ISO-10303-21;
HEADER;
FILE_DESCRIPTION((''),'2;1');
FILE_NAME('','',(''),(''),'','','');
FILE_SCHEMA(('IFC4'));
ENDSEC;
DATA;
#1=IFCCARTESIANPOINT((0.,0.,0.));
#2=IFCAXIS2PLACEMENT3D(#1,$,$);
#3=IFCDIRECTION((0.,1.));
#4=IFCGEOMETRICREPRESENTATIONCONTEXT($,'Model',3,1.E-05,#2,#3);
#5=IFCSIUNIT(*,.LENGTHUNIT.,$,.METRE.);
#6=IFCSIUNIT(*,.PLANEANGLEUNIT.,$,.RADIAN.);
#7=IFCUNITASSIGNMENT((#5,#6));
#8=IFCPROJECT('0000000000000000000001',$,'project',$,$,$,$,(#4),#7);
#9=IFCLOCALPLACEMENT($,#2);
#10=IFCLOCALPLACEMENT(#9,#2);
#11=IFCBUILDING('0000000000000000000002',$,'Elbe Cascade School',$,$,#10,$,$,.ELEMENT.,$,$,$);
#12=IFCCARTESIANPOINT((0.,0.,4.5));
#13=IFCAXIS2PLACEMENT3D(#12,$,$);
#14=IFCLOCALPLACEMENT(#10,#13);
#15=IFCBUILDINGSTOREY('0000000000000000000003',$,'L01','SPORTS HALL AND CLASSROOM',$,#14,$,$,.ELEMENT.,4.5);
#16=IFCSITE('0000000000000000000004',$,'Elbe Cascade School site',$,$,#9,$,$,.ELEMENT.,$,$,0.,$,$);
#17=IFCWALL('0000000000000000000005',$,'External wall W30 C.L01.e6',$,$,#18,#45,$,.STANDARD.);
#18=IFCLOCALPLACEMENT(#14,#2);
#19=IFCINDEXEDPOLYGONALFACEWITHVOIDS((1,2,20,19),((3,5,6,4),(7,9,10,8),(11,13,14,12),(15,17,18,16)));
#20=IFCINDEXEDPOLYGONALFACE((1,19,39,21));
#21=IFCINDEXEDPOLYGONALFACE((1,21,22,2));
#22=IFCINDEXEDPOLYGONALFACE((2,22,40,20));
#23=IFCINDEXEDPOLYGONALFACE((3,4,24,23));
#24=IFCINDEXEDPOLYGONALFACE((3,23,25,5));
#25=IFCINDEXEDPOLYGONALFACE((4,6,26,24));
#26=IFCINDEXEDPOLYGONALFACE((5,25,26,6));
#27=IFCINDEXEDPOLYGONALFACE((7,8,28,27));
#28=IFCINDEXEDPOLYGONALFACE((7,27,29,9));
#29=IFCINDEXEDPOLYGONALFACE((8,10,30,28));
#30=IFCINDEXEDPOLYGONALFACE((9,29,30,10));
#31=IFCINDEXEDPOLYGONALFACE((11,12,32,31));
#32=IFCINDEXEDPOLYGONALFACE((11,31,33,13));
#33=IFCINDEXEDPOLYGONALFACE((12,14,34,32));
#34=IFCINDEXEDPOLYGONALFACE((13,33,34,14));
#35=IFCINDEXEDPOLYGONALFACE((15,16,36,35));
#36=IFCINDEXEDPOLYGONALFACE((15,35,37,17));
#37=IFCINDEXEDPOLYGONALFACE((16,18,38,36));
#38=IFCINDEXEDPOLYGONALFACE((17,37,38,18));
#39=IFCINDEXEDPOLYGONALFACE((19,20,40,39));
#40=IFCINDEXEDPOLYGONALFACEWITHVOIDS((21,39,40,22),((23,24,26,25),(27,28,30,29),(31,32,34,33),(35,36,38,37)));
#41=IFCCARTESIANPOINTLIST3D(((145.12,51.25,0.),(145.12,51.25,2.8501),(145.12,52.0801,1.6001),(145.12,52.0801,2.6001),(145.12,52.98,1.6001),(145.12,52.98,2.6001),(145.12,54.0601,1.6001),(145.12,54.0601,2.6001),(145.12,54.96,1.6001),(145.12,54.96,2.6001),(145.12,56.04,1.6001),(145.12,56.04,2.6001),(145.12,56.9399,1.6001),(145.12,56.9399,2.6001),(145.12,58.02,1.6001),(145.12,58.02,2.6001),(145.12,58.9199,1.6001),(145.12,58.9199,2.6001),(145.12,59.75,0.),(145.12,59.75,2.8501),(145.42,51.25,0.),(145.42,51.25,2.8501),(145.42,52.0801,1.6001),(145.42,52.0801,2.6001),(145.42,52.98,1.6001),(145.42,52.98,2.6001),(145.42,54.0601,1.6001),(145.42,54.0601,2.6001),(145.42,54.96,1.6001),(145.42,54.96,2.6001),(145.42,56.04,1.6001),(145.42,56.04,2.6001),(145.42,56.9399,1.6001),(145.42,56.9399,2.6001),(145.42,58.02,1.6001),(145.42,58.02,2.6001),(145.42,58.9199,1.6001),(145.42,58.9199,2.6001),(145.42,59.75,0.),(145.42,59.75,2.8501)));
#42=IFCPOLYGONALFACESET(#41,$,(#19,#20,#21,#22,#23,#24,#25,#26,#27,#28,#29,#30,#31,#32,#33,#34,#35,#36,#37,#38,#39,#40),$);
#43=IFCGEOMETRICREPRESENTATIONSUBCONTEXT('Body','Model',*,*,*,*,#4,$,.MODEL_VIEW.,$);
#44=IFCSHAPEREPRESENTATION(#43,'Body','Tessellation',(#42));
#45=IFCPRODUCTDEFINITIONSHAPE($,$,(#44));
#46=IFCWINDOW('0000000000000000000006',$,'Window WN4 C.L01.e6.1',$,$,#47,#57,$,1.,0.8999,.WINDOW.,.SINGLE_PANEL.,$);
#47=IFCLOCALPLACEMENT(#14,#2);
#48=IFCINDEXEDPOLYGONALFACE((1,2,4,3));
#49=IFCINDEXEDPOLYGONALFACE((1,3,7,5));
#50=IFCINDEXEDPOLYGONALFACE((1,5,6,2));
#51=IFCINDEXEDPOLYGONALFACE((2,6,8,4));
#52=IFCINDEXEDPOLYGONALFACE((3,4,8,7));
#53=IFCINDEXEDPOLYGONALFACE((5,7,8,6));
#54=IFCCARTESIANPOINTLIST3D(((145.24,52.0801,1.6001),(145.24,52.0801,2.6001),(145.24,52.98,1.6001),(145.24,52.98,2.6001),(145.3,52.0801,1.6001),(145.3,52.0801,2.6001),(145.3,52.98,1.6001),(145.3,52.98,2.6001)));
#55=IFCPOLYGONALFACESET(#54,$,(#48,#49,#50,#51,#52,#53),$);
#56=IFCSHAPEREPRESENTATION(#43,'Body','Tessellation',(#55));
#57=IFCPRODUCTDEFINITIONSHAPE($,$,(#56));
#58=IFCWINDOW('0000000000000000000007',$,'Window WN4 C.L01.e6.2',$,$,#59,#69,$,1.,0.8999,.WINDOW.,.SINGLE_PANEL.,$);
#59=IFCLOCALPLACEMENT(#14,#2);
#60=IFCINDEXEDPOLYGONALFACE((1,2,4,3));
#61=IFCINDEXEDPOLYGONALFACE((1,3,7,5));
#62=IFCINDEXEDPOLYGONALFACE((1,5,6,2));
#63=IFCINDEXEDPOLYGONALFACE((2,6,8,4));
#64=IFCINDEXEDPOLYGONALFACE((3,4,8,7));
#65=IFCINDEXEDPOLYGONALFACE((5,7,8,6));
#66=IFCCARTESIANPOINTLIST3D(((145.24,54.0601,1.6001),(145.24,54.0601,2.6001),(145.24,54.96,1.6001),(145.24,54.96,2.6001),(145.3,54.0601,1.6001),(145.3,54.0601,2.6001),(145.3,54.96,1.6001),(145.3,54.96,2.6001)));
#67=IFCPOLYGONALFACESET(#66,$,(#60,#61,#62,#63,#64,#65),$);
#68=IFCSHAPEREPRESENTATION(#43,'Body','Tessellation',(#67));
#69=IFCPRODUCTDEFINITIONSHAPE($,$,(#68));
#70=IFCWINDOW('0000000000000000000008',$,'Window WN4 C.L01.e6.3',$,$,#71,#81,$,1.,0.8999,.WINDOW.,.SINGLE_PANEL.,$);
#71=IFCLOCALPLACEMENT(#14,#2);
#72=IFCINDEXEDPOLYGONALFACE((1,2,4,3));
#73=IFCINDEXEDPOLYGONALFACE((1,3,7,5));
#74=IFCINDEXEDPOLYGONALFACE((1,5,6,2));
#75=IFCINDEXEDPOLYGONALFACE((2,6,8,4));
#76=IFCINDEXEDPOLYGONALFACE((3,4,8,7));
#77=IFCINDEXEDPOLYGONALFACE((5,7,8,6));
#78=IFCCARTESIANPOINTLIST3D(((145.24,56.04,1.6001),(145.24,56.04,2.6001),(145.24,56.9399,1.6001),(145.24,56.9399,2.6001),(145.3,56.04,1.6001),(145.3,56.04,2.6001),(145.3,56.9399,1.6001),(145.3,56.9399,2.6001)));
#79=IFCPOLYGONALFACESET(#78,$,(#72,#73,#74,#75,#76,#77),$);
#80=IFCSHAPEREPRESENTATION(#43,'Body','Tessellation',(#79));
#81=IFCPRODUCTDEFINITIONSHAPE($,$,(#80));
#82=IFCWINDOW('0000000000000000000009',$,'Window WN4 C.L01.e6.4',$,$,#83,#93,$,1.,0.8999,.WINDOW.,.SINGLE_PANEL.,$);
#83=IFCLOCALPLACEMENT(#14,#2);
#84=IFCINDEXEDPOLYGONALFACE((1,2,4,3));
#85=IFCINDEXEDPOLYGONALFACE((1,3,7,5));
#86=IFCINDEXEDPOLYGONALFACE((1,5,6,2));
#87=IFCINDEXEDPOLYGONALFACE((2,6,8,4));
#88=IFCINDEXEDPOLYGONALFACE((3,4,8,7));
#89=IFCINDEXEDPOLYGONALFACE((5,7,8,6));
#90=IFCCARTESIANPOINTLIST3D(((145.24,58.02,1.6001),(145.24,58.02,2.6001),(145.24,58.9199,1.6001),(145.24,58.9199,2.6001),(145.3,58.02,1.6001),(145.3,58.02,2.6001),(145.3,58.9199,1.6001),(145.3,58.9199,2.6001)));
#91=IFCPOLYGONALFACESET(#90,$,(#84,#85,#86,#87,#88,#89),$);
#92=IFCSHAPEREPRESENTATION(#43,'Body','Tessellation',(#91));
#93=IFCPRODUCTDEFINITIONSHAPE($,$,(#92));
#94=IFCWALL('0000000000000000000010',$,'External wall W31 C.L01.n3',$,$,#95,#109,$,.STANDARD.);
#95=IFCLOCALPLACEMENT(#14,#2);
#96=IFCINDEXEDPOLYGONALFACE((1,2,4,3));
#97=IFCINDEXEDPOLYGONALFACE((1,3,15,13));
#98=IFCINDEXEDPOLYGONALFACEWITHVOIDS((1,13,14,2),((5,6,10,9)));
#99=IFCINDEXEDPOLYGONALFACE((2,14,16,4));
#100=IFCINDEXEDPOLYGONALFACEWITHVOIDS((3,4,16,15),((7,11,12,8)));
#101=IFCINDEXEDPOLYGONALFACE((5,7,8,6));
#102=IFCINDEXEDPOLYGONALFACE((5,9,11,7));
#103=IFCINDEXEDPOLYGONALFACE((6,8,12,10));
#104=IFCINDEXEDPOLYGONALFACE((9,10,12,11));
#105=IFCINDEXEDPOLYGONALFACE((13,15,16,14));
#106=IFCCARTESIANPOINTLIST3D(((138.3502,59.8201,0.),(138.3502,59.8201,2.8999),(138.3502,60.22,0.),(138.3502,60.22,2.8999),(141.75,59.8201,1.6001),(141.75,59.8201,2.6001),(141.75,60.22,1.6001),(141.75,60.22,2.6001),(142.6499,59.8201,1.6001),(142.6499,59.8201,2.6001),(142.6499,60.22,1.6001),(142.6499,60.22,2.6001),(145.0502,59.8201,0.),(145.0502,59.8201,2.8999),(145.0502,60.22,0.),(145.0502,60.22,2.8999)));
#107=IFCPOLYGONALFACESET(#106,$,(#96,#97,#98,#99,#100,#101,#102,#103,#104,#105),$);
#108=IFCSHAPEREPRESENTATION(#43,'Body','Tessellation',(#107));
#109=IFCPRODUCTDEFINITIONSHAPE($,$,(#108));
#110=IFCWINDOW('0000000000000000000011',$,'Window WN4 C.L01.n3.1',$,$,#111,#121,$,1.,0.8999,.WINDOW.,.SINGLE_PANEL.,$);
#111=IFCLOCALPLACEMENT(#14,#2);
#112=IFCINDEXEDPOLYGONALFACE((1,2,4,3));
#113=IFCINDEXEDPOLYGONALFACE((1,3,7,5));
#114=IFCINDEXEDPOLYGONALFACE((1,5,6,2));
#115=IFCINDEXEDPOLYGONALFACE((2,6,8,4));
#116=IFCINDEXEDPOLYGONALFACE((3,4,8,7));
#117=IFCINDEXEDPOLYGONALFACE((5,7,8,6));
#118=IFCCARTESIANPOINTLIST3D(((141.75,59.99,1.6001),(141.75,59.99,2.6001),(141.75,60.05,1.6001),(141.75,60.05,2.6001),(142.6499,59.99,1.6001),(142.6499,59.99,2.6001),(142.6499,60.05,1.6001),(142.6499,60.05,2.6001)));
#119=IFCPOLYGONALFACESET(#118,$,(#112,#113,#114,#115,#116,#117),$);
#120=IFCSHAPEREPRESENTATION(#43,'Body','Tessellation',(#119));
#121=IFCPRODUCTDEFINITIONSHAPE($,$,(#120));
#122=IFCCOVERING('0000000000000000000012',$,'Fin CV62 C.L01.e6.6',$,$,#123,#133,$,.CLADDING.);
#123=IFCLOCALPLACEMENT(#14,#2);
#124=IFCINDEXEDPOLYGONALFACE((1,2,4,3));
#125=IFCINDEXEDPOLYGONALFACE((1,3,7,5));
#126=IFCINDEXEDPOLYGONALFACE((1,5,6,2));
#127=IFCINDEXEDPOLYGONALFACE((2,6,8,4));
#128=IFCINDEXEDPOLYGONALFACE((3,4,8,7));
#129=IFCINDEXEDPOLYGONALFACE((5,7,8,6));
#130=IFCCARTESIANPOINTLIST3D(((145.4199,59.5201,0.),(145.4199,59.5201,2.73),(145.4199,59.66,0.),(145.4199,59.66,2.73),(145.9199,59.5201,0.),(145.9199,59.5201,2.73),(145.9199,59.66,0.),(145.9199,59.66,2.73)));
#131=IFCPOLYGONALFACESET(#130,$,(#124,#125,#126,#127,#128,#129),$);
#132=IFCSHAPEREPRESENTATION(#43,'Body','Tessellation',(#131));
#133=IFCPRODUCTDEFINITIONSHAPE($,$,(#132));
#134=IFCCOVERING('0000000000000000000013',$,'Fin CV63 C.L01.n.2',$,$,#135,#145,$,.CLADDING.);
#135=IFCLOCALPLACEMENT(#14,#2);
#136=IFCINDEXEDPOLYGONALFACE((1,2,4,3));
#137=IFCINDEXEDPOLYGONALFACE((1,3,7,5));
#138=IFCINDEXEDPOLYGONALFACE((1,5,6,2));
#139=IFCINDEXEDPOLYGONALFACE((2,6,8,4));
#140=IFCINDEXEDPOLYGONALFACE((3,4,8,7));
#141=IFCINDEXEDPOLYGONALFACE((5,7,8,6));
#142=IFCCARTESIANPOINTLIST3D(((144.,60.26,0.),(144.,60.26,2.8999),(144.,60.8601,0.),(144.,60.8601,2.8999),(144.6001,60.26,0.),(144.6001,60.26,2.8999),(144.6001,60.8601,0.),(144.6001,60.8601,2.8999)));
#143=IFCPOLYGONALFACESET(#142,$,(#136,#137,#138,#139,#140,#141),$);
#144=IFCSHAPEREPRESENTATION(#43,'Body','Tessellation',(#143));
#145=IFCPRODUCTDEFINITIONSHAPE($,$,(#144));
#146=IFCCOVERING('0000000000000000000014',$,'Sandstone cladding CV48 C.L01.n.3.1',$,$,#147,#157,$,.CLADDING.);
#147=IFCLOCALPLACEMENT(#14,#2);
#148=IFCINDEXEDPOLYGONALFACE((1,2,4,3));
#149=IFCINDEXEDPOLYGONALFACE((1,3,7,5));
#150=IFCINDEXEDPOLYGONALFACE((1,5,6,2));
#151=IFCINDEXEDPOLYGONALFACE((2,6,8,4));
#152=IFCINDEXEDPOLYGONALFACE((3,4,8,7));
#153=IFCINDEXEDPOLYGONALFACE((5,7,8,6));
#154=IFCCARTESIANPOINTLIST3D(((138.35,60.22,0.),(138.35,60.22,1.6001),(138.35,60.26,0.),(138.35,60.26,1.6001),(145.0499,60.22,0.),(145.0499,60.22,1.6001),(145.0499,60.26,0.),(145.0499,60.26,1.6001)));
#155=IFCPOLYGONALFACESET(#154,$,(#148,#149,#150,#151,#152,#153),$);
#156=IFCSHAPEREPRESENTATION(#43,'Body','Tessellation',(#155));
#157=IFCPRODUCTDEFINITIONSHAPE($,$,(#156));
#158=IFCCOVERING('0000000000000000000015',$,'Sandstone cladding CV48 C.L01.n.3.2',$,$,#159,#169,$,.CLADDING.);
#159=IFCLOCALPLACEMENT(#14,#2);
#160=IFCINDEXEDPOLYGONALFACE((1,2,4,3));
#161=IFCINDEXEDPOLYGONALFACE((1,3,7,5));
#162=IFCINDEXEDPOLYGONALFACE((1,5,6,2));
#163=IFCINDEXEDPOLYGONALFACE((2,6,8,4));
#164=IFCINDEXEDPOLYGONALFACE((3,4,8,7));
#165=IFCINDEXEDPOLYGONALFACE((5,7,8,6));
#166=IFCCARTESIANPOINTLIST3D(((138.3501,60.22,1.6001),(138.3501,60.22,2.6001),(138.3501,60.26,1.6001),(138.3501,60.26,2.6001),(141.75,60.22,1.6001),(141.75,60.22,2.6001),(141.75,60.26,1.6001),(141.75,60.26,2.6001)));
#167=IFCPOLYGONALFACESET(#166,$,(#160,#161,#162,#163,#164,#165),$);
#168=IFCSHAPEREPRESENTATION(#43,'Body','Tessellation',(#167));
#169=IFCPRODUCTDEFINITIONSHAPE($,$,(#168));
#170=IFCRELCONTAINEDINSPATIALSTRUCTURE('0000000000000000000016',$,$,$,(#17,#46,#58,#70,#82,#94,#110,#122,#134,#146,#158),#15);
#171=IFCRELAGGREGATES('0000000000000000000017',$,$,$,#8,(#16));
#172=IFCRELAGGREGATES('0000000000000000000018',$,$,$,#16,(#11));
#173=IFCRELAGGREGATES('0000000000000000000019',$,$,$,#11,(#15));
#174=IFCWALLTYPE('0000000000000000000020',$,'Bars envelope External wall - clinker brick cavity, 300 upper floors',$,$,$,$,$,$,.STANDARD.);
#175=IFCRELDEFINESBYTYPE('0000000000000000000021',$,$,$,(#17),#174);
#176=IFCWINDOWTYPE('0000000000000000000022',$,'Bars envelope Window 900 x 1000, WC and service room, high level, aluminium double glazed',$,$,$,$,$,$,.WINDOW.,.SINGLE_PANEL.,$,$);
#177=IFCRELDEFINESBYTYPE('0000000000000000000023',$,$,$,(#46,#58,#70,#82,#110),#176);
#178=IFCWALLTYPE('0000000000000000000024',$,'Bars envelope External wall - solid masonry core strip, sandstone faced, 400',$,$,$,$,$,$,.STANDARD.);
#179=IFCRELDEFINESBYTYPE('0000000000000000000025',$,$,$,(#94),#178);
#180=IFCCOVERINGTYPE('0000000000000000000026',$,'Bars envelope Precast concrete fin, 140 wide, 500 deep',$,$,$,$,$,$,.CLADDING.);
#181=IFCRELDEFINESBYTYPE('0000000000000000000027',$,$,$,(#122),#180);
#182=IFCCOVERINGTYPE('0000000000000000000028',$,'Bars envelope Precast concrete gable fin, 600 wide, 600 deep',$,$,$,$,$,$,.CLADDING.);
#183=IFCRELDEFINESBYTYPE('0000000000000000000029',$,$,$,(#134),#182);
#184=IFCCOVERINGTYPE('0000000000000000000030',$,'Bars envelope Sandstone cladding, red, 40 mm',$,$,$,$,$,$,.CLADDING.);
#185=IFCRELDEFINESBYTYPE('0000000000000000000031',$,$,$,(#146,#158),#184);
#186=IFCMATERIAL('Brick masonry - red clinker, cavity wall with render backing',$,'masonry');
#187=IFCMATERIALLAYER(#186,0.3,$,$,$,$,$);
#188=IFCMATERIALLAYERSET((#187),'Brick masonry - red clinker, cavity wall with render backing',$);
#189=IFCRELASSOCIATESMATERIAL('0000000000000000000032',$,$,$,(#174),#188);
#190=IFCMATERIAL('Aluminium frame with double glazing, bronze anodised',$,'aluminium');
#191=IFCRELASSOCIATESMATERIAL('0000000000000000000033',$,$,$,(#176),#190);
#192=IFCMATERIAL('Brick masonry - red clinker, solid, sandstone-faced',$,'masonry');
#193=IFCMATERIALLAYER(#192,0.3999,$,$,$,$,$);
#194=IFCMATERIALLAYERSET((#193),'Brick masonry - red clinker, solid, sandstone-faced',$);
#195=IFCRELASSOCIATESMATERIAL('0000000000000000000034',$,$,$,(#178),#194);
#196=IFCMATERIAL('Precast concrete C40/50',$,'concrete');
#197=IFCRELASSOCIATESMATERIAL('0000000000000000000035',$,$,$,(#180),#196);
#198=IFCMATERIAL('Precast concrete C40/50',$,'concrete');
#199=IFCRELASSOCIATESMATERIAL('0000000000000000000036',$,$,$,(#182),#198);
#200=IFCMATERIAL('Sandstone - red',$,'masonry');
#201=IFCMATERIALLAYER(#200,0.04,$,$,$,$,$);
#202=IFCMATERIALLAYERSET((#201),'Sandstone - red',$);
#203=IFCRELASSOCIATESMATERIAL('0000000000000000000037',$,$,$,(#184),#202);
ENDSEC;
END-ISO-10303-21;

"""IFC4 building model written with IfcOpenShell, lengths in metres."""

from ifc_helpers import new_model, si_unit, direction, frame, frame_2d, origin, origin_2d, place, context, subcontext, project, spatial, rectangle, extrude, material, layer, layer_set, type_object, element, fill, save


model = new_model("IFC4")

# Units and contexts
model_context = context("Model", 3, precision=1e-05, world=origin(), true_north=direction((0.0, 1.0)))
body_context = subcontext(model_context, "Body", "Model", "MODEL_VIEW")
ifc_project = project(units=[si_unit("LENGTHUNIT", "METRE"), si_unit("PLANEANGLEUNIT", "RADIAN")], contexts=[model_context])

# Site, building, storey
site_placement = place(None, origin())
site = spatial("IfcSite", under=ifc_project, at=site_placement, Name="Elbe Cascade School site", CompositionType="ELEMENT", RefElevation=0.0)
building_placement = place(site_placement, origin())
building = spatial("IfcBuilding", under=site, at=building_placement, Name="Elbe Cascade School", CompositionType="ELEMENT")
storey_placement = place(building_placement, frame((0.0, 0.0, 4.5)))
storey = spatial("IfcBuildingStorey", under=building, at=storey_placement, Name="L01", Description="SPORTS HALL AND CLASSROOM", CompositionType="ELEMENT", Elevation=4.5)

# Wall, openings, windows
ifc_material_1 = material(Name="Brick masonry - red clinker, cavity wall with render backing", Category="masonry")
ifc_layer_1 = layer(ifc_material_1, 0.3)
ifc_layer_set_1 = layer_set([ifc_layer_1], Name="Brick masonry - red clinker, cavity wall with render backing")
wall_type_1 = type_object("IfcWallType", Name="Bars envelope External wall - clinker brick cavity, 300 upper floors", PredefinedType="STANDARD", material=ifc_layer_set_1)
wall_1_placement = place(storey_placement, frame((145.27, 59.75, 0.0), z_axis=(0.0, 0.0, 1.0), x_axis=(0.0, -1.0, 0.0)))
wall_1 = element("IfcWall", 1, at=wall_1_placement, inside=storey, type_object=wall_type_1, Name="External wall W30 C.L01.e6", PredefinedType="STANDARD", context=body_context, shape_type="SweptSolid", body=[
    extrude(rectangle(XDim=8.5, YDim=0.3, at=frame_2d((4.25, 0.0))), origin(), (0.0, 0.0, 1.0), 2.8501),
])
opening_1_placement = place(wall_1_placement, frame((6.77, 0.0, 1.6001)))
opening_1 = element("IfcOpeningElement", 2, at=opening_1_placement, cuts=wall_1, PredefinedType="OPENING", context=body_context, shape_type="SweptSolid", body=[
    extrude(rectangle(XDim=0.8999, YDim=1.0, at=frame_2d((0.45, 0.5))), frame((0.0, 0.1599, 0.0), z_axis=(0.0, -1.0, 0.0), x_axis=(1.0, 0.0, 0.0)), (0.0, 0.0, 1.0), 0.3201),
])
opening_2_placement = place(wall_1_placement, frame((4.79, 0.0, 1.6001)))
opening_2 = element("IfcOpeningElement", 3, at=opening_2_placement, cuts=wall_1, PredefinedType="OPENING", context=body_context, shape_type="SweptSolid", body=[
    extrude(rectangle(XDim=0.8999, YDim=1.0, at=frame_2d((0.45, 0.5))), frame((0.0, 0.1599, 0.0), z_axis=(0.0, -1.0, 0.0), x_axis=(1.0, 0.0, 0.0)), (0.0, 0.0, 1.0), 0.3201),
])
opening_3_placement = place(wall_1_placement, frame((2.8101, 0.0, 1.6001)))
opening_3 = element("IfcOpeningElement", 4, at=opening_3_placement, cuts=wall_1, PredefinedType="OPENING", context=body_context, shape_type="SweptSolid", body=[
    extrude(rectangle(XDim=0.8999, YDim=1.0, at=frame_2d((0.45, 0.5))), frame((0.0, 0.1599, 0.0), z_axis=(0.0, -1.0, 0.0), x_axis=(1.0, 0.0, 0.0)), (0.0, 0.0, 1.0), 0.3201),
])
opening_4_placement = place(wall_1_placement, frame((0.8301, 0.0, 1.6001)))
opening_4 = element("IfcOpeningElement", 5, at=opening_4_placement, cuts=wall_1, PredefinedType="OPENING", context=body_context, shape_type="SweptSolid", body=[
    extrude(rectangle(XDim=0.8999, YDim=1.0, at=frame_2d((0.45, 0.5))), frame((0.0, 0.1599, 0.0), z_axis=(0.0, -1.0, 0.0), x_axis=(1.0, 0.0, 0.0)), (0.0, 0.0, 1.0), 0.3201),
])
ifc_material_2 = material(Name="Aluminium frame with double glazing, bronze anodised", Category="aluminium")
window_type = type_object("IfcWindowType", Name="Bars envelope Window 900 x 1000, WC and service room, high level, aluminium double glazed", PartitioningType="SINGLE_PANEL", PredefinedType="WINDOW", material=ifc_material_2)
window_1_placement = place(opening_1_placement, origin())
window_1 = element("IfcWindow", 6, at=window_1_placement, inside=storey, type_object=window_type, Name="Window WN4 C.L01.e6.1", OverallHeight=1.0, OverallWidth=0.8999, PartitioningType="SINGLE_PANEL", PredefinedType="WINDOW", context=body_context, shape_type="SweptSolid", body=[
    extrude(rectangle(XDim=0.8999, YDim=1.0, at=frame_2d((0.45, 0.5))), frame((0.0, 0.03, 0.0), z_axis=(0.0, -1.0, 0.0), x_axis=(1.0, 0.0, 0.0)), (0.0, 0.0, 1.0), 0.0601),
])
fill(opening_1, window_1)
window_2_placement = place(opening_2_placement, origin())
window_2 = element("IfcWindow", 7, at=window_2_placement, inside=storey, type_object=window_type, Name="Window WN4 C.L01.e6.2", OverallHeight=1.0, OverallWidth=0.8999, PartitioningType="SINGLE_PANEL", PredefinedType="WINDOW", context=body_context, shape_type="SweptSolid", body=[
    extrude(rectangle(XDim=0.8999, YDim=1.0, at=frame_2d((0.45, 0.5))), frame((0.0, 0.03, 0.0), z_axis=(0.0, -1.0, 0.0), x_axis=(1.0, 0.0, 0.0)), (0.0, 0.0, 1.0), 0.0601),
])
fill(opening_2, window_2)
window_3_placement = place(opening_3_placement, origin())
window_3 = element("IfcWindow", 8, at=window_3_placement, inside=storey, type_object=window_type, Name="Window WN4 C.L01.e6.3", OverallHeight=1.0, OverallWidth=0.8999, PartitioningType="SINGLE_PANEL", PredefinedType="WINDOW", context=body_context, shape_type="SweptSolid", body=[
    extrude(rectangle(XDim=0.8999, YDim=1.0, at=frame_2d((0.45, 0.5))), frame((0.0, 0.03, 0.0), z_axis=(0.0, -1.0, 0.0), x_axis=(1.0, 0.0, 0.0)), (0.0, 0.0, 1.0), 0.0601),
])
fill(opening_3, window_3)
window_4_placement = place(opening_4_placement, origin())
window_4 = element("IfcWindow", 9, at=window_4_placement, inside=storey, type_object=window_type, Name="Window WN4 C.L01.e6.4", OverallHeight=1.0, OverallWidth=0.8999, PartitioningType="SINGLE_PANEL", PredefinedType="WINDOW", context=body_context, shape_type="SweptSolid", body=[
    extrude(rectangle(XDim=0.8999, YDim=1.0, at=frame_2d((0.45, 0.5))), frame((0.0, 0.03, 0.0), z_axis=(0.0, -1.0, 0.0), x_axis=(1.0, 0.0, 0.0)), (0.0, 0.0, 1.0), 0.0601),
])
fill(opening_4, window_4)

# Wall, opening, window
ifc_material_3 = material(Name="Brick masonry - red clinker, solid, sandstone-faced", Category="masonry")
ifc_layer_2 = layer(ifc_material_3, 0.3999)
ifc_layer_set_2 = layer_set([ifc_layer_2], Name="Brick masonry - red clinker, solid, sandstone-faced")
wall_type_2 = type_object("IfcWallType", Name="Bars envelope External wall - solid masonry core strip, sandstone faced, 400", PredefinedType="STANDARD", material=ifc_layer_set_2)
wall_2_placement = place(storey_placement, frame((138.3501, 60.02, 0.0), z_axis=(0.0, 0.0, 1.0), x_axis=(1.0, 0.0, 0.0)))
wall_2 = element("IfcWall", 10, at=wall_2_placement, inside=storey, type_object=wall_type_2, Name="External wall W31 C.L01.n3", PredefinedType="STANDARD", context=body_context, shape_type="SweptSolid", body=[
    extrude(rectangle(XDim=6.7, YDim=0.3999, at=frame_2d((3.3501, 0.0))), origin(), (0.0, 0.0, 1.0), 2.8999),
])
opening_5_placement = place(wall_2_placement, frame((3.3999, 0.0, 1.6001)))
opening_5 = element("IfcOpeningElement", 11, at=opening_5_placement, cuts=wall_2, PredefinedType="OPENING", context=body_context, shape_type="SweptSolid", body=[
    extrude(rectangle(XDim=0.8999, YDim=1.0, at=frame_2d((0.45, 0.5))), frame((0.0, 0.21, 0.0), z_axis=(0.0, -1.0, 0.0), x_axis=(1.0, 0.0, 0.0)), (0.0, 0.0, 1.0), 0.4199),
])
window_5_placement = place(opening_5_placement, origin())
window_5 = element("IfcWindow", 12, at=window_5_placement, inside=storey, type_object=window_type, Name="Window WN4 C.L01.n3.1", OverallHeight=1.0, OverallWidth=0.8999, PartitioningType="SINGLE_PANEL", PredefinedType="WINDOW", context=body_context, shape_type="SweptSolid", body=[
    extrude(rectangle(XDim=0.8999, YDim=1.0, at=frame_2d((0.45, 0.5))), frame((0.0, 0.03, 0.0), z_axis=(0.0, -1.0, 0.0), x_axis=(1.0, 0.0, 0.0)), (0.0, 0.0, 1.0), 0.0601),
])
fill(opening_5, window_5)

# Coverings
ifc_material_4 = material(Name="Precast concrete C40/50", Category="concrete")
covering_type_1 = type_object("IfcCoveringType", Name="Bars envelope Precast concrete fin, 140 wide, 500 deep", PredefinedType="CLADDING", material=ifc_material_4)
covering_1_placement = place(storey_placement, frame((145.6699, 59.5901, 0.0), z_axis=(0.0, 0.0, 1.0), x_axis=(0.0, 1.0, 0.0)))
element("IfcCovering", 13, at=covering_1_placement, inside=storey, type_object=covering_type_1, Name="Fin CV62 C.L01.e6.6", PredefinedType="CLADDING", context=body_context, shape_type="SweptSolid", body=[
    extrude(rectangle(XDim=0.1399, YDim=0.5, at=origin_2d()), origin(), (0.0, 0.0, 1.0), 2.73),
])
ifc_material_5 = material(Name="Precast concrete C40/50", Category="concrete")
covering_type_2 = type_object("IfcCoveringType", Name="Bars envelope Precast concrete gable fin, 600 wide, 600 deep", PredefinedType="CLADDING", material=ifc_material_5)
covering_2_placement = place(storey_placement, frame((144.3, 60.5601, 0.0), z_axis=(0.0, 0.0, 1.0), x_axis=(1.0, 0.0, 0.0)))
element("IfcCovering", 14, at=covering_2_placement, inside=storey, type_object=covering_type_2, Name="Fin CV63 C.L01.n.2", PredefinedType="CLADDING", context=body_context, shape_type="SweptSolid", body=[
    extrude(rectangle(XDim=0.6001, YDim=0.6001, at=origin_2d()), origin(), (0.0, 0.0, 1.0), 2.8999),
])
ifc_material_6 = material(Name="Sandstone - red", Category="masonry")
ifc_layer_3 = layer(ifc_material_6, 0.04)
ifc_layer_set_3 = layer_set([ifc_layer_3], Name="Sandstone - red")
covering_type_3 = type_object("IfcCoveringType", Name="Bars envelope Sandstone cladding, red, 40 mm", PredefinedType="CLADDING", material=ifc_layer_set_3)
covering_3_placement = place(storey_placement, frame((141.7, 60.24, 0.0), z_axis=(0.0, 0.0, 1.0), x_axis=(1.0, 0.0, 0.0)))
element("IfcCovering", 15, at=covering_3_placement, inside=storey, type_object=covering_type_3, Name="Sandstone cladding CV48 C.L01.n.3.1", PredefinedType="CLADDING", context=body_context, shape_type="SweptSolid", body=[
    extrude(rectangle(XDim=6.7, YDim=0.04, at=origin_2d()), origin(), (0.0, 0.0, 1.0), 1.6001),
])
covering_4_placement = place(storey_placement, frame((140.05, 60.24, 1.6001), z_axis=(0.0, 0.0, 1.0), x_axis=(1.0, 0.0, 0.0)))
element("IfcCovering", 16, at=covering_4_placement, inside=storey, type_object=covering_type_3, Name="Sandstone cladding CV48 C.L01.n.3.2", PredefinedType="CLADDING", context=body_context, shape_type="SweptSolid", body=[
    extrude(rectangle(XDim=3.3999, YDim=0.04, at=origin_2d()), origin(), (0.0, 0.0, 1.0), 1.0),
])

save(model, "model.ifc")
